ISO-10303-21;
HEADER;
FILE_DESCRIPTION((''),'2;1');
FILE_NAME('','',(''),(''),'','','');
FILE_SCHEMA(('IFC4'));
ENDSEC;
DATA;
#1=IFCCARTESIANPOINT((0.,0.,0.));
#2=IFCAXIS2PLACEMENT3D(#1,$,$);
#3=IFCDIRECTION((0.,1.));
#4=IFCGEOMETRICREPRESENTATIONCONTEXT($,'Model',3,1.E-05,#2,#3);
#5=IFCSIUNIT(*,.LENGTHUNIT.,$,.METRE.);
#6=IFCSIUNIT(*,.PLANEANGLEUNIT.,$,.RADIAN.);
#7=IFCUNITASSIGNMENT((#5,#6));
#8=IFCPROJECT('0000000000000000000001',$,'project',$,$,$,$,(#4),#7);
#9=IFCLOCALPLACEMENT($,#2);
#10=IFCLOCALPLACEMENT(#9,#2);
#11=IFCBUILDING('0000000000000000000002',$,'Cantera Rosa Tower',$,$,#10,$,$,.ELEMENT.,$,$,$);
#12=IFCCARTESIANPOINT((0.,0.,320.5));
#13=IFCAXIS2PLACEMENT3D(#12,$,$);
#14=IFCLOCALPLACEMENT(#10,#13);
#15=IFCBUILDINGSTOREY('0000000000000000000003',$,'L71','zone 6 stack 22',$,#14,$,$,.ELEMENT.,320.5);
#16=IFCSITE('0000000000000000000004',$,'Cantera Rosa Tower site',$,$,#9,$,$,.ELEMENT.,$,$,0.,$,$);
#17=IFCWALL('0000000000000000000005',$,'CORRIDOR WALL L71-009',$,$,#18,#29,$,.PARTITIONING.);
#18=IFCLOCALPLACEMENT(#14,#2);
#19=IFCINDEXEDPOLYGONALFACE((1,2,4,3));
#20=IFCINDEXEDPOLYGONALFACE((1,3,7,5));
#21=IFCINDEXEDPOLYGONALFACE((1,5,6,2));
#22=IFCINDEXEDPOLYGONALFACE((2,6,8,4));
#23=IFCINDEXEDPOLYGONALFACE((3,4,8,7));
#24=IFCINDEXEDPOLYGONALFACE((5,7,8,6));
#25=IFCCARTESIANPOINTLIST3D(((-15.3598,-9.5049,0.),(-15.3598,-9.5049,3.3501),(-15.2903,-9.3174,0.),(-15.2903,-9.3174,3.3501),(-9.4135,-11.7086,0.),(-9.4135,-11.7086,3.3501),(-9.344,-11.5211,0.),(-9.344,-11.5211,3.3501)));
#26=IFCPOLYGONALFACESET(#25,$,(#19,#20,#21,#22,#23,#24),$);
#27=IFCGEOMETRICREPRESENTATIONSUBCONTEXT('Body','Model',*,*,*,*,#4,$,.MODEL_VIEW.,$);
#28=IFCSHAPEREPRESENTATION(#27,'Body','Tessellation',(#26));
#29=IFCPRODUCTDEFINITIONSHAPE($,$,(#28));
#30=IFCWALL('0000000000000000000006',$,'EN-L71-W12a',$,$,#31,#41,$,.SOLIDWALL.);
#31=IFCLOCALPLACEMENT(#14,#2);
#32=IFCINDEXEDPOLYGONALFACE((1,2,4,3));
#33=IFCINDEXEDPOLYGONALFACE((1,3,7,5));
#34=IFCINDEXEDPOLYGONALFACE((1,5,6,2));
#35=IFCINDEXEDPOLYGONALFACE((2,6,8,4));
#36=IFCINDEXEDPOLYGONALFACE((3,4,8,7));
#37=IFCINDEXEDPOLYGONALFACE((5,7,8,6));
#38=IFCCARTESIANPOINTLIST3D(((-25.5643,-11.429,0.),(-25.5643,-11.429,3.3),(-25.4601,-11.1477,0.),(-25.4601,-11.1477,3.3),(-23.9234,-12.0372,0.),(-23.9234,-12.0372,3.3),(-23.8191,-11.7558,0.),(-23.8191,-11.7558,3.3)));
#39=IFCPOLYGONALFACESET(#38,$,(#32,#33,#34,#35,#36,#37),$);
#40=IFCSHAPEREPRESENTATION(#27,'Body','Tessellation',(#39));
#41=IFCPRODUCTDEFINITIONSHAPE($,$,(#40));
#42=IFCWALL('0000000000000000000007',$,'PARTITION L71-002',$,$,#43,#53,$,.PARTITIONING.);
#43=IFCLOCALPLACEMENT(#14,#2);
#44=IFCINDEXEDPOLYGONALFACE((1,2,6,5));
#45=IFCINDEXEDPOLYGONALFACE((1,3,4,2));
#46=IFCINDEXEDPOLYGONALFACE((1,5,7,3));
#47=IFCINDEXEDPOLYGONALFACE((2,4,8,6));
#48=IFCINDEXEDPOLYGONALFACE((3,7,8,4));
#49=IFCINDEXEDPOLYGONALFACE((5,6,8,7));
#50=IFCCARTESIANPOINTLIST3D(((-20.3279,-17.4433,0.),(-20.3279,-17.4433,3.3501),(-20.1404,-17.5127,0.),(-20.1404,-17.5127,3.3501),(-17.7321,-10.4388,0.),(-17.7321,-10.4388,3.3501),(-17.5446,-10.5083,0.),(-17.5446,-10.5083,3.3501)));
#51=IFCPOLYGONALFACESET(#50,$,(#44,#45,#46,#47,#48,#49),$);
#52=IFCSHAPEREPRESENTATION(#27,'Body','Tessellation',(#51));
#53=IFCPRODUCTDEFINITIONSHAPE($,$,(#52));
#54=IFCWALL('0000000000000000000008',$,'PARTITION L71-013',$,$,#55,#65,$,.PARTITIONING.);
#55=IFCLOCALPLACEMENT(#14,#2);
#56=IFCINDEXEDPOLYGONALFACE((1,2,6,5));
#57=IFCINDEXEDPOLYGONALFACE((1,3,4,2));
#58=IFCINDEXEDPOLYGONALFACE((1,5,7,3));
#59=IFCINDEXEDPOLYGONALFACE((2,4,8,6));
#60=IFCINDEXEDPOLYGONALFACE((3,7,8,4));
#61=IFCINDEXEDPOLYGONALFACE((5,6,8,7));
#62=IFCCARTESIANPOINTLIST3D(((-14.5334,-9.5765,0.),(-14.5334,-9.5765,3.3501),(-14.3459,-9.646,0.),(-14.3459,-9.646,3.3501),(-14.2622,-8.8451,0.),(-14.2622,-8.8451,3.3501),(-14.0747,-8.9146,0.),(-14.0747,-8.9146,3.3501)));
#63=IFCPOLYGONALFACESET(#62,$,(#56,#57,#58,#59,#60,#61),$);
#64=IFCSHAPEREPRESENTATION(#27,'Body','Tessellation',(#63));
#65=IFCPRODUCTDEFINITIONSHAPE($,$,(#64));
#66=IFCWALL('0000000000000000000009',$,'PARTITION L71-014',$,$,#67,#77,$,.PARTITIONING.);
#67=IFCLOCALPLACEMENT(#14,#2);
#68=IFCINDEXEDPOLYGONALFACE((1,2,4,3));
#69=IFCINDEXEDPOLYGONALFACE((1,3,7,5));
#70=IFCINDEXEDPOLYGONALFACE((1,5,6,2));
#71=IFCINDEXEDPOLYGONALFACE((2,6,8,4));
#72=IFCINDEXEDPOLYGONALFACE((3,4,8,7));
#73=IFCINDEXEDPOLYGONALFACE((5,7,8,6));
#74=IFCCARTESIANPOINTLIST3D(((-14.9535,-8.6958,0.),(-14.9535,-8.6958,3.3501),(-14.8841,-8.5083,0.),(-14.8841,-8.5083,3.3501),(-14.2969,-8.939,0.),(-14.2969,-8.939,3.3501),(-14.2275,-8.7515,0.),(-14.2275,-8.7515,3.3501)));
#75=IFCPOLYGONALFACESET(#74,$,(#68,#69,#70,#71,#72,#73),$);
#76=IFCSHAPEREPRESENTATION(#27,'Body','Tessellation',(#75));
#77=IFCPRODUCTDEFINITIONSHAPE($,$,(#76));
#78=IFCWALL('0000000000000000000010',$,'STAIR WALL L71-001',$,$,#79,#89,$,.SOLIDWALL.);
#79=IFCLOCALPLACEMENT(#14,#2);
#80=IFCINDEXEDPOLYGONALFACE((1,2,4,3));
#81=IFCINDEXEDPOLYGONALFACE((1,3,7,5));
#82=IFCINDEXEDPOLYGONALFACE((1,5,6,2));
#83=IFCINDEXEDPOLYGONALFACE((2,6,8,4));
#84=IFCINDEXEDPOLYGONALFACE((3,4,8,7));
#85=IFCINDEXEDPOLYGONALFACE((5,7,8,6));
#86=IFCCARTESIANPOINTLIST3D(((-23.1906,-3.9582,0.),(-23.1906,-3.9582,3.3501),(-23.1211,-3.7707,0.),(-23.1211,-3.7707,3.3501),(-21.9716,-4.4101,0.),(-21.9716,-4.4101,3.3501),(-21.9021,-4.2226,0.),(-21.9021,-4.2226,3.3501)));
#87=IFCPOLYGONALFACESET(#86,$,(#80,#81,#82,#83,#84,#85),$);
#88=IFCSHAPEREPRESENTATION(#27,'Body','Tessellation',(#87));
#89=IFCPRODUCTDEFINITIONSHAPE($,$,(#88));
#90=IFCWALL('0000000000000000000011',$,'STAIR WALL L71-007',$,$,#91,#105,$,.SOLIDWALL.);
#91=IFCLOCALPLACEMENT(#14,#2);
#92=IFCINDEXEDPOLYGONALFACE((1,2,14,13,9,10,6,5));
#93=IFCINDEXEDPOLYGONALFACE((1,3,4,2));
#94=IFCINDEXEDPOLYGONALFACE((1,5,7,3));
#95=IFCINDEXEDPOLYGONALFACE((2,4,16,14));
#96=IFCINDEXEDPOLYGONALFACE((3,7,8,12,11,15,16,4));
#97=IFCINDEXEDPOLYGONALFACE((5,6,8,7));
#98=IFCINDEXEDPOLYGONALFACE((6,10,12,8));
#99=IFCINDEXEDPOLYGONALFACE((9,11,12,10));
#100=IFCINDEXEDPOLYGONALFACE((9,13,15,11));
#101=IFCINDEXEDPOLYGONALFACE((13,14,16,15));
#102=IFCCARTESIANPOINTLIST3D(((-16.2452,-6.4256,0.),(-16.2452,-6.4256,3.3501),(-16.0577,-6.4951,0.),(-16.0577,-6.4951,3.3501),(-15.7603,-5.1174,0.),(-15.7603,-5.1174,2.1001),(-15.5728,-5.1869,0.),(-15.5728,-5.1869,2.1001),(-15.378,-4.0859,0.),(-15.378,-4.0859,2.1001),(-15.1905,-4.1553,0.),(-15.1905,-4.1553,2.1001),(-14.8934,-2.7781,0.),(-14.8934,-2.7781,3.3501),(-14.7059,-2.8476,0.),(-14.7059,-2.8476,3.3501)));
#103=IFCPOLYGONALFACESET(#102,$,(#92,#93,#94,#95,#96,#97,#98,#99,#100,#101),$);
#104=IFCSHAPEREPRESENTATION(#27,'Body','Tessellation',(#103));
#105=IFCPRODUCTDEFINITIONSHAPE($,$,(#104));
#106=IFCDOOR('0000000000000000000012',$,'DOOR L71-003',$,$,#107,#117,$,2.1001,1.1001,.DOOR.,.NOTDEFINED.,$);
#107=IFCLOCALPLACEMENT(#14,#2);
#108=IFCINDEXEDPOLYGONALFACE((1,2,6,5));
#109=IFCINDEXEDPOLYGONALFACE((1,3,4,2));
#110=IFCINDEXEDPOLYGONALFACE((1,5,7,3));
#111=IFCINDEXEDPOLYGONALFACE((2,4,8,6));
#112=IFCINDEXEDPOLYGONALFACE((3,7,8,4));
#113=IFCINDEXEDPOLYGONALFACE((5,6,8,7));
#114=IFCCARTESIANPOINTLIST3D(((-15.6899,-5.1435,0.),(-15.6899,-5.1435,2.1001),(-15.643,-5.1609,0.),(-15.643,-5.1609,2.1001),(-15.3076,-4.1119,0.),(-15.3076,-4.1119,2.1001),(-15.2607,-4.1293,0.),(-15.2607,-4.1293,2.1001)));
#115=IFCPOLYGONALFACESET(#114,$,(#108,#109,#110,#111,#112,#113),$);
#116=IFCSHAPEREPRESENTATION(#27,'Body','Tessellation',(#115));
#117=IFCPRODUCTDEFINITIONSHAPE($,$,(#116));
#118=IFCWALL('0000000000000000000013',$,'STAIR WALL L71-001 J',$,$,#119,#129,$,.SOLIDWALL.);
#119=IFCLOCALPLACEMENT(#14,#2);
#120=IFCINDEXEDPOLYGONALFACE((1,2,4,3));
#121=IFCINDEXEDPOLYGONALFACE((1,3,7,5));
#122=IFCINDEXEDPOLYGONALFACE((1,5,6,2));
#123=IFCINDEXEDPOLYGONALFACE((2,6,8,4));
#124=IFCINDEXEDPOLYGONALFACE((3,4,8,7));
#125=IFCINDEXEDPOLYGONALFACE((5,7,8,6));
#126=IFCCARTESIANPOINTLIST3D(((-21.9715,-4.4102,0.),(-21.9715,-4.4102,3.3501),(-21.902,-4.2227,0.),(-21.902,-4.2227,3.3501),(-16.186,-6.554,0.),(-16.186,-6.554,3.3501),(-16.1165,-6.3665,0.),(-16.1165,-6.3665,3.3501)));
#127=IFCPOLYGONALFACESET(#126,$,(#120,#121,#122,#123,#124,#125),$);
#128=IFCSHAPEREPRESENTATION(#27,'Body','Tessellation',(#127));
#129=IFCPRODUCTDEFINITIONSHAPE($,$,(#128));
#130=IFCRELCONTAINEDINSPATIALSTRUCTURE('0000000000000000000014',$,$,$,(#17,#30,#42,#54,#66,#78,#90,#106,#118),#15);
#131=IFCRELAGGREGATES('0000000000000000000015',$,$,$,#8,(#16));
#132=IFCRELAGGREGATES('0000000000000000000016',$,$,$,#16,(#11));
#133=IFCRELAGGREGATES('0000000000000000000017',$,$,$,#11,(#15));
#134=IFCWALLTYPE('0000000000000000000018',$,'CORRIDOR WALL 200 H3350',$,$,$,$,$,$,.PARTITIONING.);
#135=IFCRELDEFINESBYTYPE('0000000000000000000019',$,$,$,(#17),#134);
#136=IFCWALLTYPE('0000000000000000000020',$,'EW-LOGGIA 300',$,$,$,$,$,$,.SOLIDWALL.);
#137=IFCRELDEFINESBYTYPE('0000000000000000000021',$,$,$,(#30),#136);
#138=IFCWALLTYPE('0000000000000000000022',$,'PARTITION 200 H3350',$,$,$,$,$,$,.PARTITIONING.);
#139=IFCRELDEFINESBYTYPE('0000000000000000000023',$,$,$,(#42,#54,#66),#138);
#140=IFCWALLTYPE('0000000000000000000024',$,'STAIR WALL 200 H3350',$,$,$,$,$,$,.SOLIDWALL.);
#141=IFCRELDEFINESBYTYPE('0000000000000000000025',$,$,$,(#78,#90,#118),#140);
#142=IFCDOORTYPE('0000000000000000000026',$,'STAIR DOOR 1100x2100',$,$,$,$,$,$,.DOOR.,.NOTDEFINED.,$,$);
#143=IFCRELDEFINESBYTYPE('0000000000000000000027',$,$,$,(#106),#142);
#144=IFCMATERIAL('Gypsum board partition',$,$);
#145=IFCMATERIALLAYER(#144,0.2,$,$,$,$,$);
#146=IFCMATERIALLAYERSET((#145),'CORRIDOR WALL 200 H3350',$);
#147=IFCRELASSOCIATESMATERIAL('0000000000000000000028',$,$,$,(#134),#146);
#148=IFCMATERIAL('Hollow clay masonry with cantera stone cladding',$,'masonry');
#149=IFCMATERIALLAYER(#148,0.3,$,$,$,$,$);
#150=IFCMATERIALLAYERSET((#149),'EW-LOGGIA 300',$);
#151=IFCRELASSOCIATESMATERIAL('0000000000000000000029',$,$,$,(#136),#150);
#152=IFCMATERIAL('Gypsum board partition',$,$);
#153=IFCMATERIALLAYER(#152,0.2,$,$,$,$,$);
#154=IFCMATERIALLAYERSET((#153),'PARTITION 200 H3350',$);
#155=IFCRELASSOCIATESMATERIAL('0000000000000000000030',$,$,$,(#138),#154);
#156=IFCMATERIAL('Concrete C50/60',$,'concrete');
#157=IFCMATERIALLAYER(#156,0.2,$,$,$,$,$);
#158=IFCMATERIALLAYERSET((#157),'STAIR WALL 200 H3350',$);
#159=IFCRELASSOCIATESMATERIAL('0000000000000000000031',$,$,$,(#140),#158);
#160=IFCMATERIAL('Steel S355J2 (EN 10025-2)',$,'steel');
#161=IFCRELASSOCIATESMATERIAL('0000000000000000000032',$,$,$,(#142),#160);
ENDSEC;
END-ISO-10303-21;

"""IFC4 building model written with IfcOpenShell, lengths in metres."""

from ifc_helpers import new_model, si_unit, direction, frame, frame_2d, origin, place, context, subcontext, project, spatial, rectangle, extrude, material, layer, layer_set, type_object, element, fill, save


model = new_model("IFC4")

# Units and contexts
model_context = context("Model", 3, precision=1e-05, world=origin(), true_north=direction((0.0, 1.0)))
body_context = subcontext(model_context, "Body", "Model", "MODEL_VIEW")
ifc_project = project(units=[si_unit("LENGTHUNIT", "METRE"), si_unit("PLANEANGLEUNIT", "RADIAN")], contexts=[model_context])

# Site, building, storey
site_placement = place(None, origin())
site = spatial("IfcSite", under=ifc_project, at=site_placement, Name="Cantera Rosa Tower site", CompositionType="ELEMENT", RefElevation=0.0)
building_placement = place(site_placement, origin())
building = spatial("IfcBuilding", under=site, at=building_placement, Name="Cantera Rosa Tower", CompositionType="ELEMENT")
storey_placement = place(building_placement, frame((0.0, 0.0, 320.5)))
storey = spatial("IfcBuildingStorey", under=building, at=storey_placement, Name="L71", Description="zone 6 stack 22", CompositionType="ELEMENT", Elevation=320.5)

# Shared definitions
ifc_material_1 = material(Name="Gypsum board partition")
ifc_layer_1 = layer(ifc_material_1, 0.2)
ifc_layer_set_1 = layer_set([ifc_layer_1], Name="CORRIDOR WALL 200 H3350")
wall_type_1 = type_object("IfcWallType", Name="CORRIDOR WALL 200 H3350", PredefinedType="PARTITIONING", material=ifc_layer_set_1)

# Walls
wall_1_placement = place(storey_placement, frame((-15.3252, -9.4111, 0.0), z_axis=(0.0, 0.0, 1.0), x_axis=(0.937683, -0.347492, 0.0)))
element("IfcWall", 1, at=wall_1_placement, inside=storey, type_object=wall_type_1, Name="CORRIDOR WALL L71-009", PredefinedType="PARTITIONING", context=body_context, shape_type="SweptSolid", body=[
    extrude(rectangle(XDim=6.3416, YDim=0.2, at=frame_2d((3.1709, 0.0))), origin(), (0.0, 0.0, 1.0), 3.3501),
])
ifc_material_2 = material(Name="Hollow clay masonry with cantera stone cladding", Category="masonry")
ifc_layer_2 = layer(ifc_material_2, 0.3)
ifc_layer_set_2 = layer_set([ifc_layer_2], Name="EW-LOGGIA 300")
wall_type_2 = type_object("IfcWallType", Name="EW-LOGGIA 300", PredefinedType="SOLIDWALL", material=ifc_layer_set_2)
wall_2_placement = place(storey_placement, frame((-25.5122, -11.2883, 0.0), z_axis=(0.0, 0.0, 1.0), x_axis=(0.93767, -0.347528, 0.0)))
element("IfcWall", 2, at=wall_2_placement, inside=storey, type_object=wall_type_2, Name="EN-L71-W12a", PredefinedType="SOLIDWALL", context=body_context, shape_type="SweptSolid", body=[
    extrude(rectangle(XDim=1.75, YDim=0.3, at=frame_2d((0.875, 0.0))), origin(), (0.0, 0.0, 1.0), 3.3),
])

# Walls
ifc_material_3 = material(Name="Gypsum board partition")
ifc_layer_3 = layer(ifc_material_3, 0.2)
ifc_layer_set_3 = layer_set([ifc_layer_3], Name="PARTITION 200 H3350")
wall_type_3 = type_object("IfcWallType", Name="PARTITION 200 H3350", PredefinedType="PARTITIONING", material=ifc_layer_set_3)
wall_3_placement = place(storey_placement, frame((-17.6384, -10.4736, 0.0), z_axis=(0.0, 0.0, 1.0), x_axis=(-0.347489, -0.937684, 0.0)))
element("IfcWall", 3, at=wall_3_placement, inside=storey, type_object=wall_type_3, Name="PARTITION L71-002", PredefinedType="PARTITIONING", context=body_context, shape_type="SweptSolid", body=[
    extrude(rectangle(XDim=7.47, YDim=0.2, at=frame_2d((3.7349, 0.0))), origin(), (0.0, 0.0, 1.0), 3.3501),
])
wall_4_placement = place(storey_placement, frame((-14.4397, -9.6113, 0.0), z_axis=(0.0, 0.0, 1.0), x_axis=(0.347691, 0.937609, 0.0)))
element("IfcWall", 4, at=wall_4_placement, inside=storey, type_object=wall_type_3, Name="PARTITION L71-013", PredefinedType="PARTITIONING", context=body_context, shape_type="SweptSolid", body=[
    extrude(rectangle(XDim=0.78, YDim=0.2, at=frame_2d((0.3901, 0.0))), origin(), (0.0, 0.0, 1.0), 3.3501),
])
wall_5_placement = place(storey_placement, frame((-14.2622, -8.8452, 0.0), z_axis=(0.0, 0.0, 1.0), x_axis=(-0.93774, 0.347337, 0.0)))
element("IfcWall", 5, at=wall_5_placement, inside=storey, type_object=wall_type_3, Name="PARTITION L71-014", PredefinedType="PARTITIONING", context=body_context, shape_type="SweptSolid", body=[
    extrude(rectangle(XDim=0.7002, YDim=0.2, at=frame_2d((0.3501, 0.0))), origin(), (0.0, 0.0, 1.0), 3.3501),
])
ifc_material_4 = material(Name="Concrete C50/60", Category="concrete")
ifc_layer_4 = layer(ifc_material_4, 0.2)
ifc_layer_set_4 = layer_set([ifc_layer_4], Name="STAIR WALL 200 H3350")
wall_type_4 = type_object("IfcWallType", Name="STAIR WALL 200 H3350", PredefinedType="SOLIDWALL", material=ifc_layer_set_4)
wall_6_placement = place(storey_placement, frame((-23.1558, -3.8645, 0.0), z_axis=(0.0, 0.0, 1.0), x_axis=(0.937642, -0.347602, 0.0)))
element("IfcWall", 6, at=wall_6_placement, inside=storey, type_object=wall_type_4, Name="STAIR WALL L71-001", PredefinedType="SOLIDWALL", context=body_context, shape_type="SweptSolid", body=[
    extrude(rectangle(XDim=1.3, YDim=0.2, at=frame_2d((0.6499, 0.0))), origin(), (0.0, 0.0, 1.0), 3.3501),
])

# Wall, opening, door
wall_7_placement = place(storey_placement, frame((-16.1514, -6.4602, 0.0), z_axis=(0.0, 0.0, 1.0), x_axis=(0.347517, 0.937674, 0.0)))
wall_7 = element("IfcWall", 7, at=wall_7_placement, inside=storey, type_object=wall_type_4, Name="STAIR WALL L71-007", PredefinedType="SOLIDWALL", context=body_context, shape_type="SweptSolid", body=[
    extrude(rectangle(XDim=3.8899, YDim=0.2, at=frame_2d((1.9448, 0.0))), origin(), (0.0, 0.0, 1.0), 3.3501),
])
opening_1_placement = place(wall_7_placement, frame((1.395, 0.0, 0.0)))
opening_1 = element("IfcOpeningElement", 8, at=opening_1_placement, cuts=wall_7, PredefinedType="OPENING", context=body_context, shape_type="SweptSolid", body=[
    extrude(rectangle(XDim=1.1001, YDim=2.1001, at=frame_2d((0.55, 1.05))), frame((0.0, 0.1099, 0.0), z_axis=(0.0, -1.0, 0.0), x_axis=(1.0, 0.0, 0.0)), (0.0, 0.0, 1.0), 0.22),
])
ifc_material_5 = material(Name="Steel S355J2 (EN 10025-2)", Category="steel")
door_type_1 = type_object("IfcDoorType", Name="STAIR DOOR 1100x2100", OperationType="NOTDEFINED", PredefinedType="DOOR", material=ifc_material_5)
door_1_placement = place(opening_1_placement, origin())
door_1 = element("IfcDoor", 9, at=door_1_placement, inside=storey, type_object=door_type_1, Name="DOOR L71-003", OperationType="NOTDEFINED", OverallHeight=2.1001, OverallWidth=1.1001, PredefinedType="DOOR", context=body_context, shape_type="SweptSolid", body=[
    extrude(rectangle(XDim=1.1001, YDim=2.1001, at=frame_2d((0.55, 1.05))), frame((0.0, 0.0249, 0.0), z_axis=(0.0, -1.0, 0.0), x_axis=(1.0, 0.0, 0.0)), (0.0, 0.0, 1.0), 0.05),
])
fill(opening_1, door_1)

# Wall
wall_8_placement = place(storey_placement, frame((-21.9368, -4.3164, 0.0), z_axis=(0.0, 0.0, 1.0), x_axis=(0.937693, -0.347465, 0.0)))
element("IfcWall", 10, at=wall_8_placement, inside=storey, type_object=wall_type_4, Name="STAIR WALL L71-001 J", PredefinedType="SOLIDWALL", context=body_context, shape_type="SweptSolid", body=[
    extrude(rectangle(XDim=6.1699, YDim=0.2, at=frame_2d((3.085, 0.0))), origin(), (0.0, 0.0, 1.0), 3.3501),
])

save(model, "model.ifc")
